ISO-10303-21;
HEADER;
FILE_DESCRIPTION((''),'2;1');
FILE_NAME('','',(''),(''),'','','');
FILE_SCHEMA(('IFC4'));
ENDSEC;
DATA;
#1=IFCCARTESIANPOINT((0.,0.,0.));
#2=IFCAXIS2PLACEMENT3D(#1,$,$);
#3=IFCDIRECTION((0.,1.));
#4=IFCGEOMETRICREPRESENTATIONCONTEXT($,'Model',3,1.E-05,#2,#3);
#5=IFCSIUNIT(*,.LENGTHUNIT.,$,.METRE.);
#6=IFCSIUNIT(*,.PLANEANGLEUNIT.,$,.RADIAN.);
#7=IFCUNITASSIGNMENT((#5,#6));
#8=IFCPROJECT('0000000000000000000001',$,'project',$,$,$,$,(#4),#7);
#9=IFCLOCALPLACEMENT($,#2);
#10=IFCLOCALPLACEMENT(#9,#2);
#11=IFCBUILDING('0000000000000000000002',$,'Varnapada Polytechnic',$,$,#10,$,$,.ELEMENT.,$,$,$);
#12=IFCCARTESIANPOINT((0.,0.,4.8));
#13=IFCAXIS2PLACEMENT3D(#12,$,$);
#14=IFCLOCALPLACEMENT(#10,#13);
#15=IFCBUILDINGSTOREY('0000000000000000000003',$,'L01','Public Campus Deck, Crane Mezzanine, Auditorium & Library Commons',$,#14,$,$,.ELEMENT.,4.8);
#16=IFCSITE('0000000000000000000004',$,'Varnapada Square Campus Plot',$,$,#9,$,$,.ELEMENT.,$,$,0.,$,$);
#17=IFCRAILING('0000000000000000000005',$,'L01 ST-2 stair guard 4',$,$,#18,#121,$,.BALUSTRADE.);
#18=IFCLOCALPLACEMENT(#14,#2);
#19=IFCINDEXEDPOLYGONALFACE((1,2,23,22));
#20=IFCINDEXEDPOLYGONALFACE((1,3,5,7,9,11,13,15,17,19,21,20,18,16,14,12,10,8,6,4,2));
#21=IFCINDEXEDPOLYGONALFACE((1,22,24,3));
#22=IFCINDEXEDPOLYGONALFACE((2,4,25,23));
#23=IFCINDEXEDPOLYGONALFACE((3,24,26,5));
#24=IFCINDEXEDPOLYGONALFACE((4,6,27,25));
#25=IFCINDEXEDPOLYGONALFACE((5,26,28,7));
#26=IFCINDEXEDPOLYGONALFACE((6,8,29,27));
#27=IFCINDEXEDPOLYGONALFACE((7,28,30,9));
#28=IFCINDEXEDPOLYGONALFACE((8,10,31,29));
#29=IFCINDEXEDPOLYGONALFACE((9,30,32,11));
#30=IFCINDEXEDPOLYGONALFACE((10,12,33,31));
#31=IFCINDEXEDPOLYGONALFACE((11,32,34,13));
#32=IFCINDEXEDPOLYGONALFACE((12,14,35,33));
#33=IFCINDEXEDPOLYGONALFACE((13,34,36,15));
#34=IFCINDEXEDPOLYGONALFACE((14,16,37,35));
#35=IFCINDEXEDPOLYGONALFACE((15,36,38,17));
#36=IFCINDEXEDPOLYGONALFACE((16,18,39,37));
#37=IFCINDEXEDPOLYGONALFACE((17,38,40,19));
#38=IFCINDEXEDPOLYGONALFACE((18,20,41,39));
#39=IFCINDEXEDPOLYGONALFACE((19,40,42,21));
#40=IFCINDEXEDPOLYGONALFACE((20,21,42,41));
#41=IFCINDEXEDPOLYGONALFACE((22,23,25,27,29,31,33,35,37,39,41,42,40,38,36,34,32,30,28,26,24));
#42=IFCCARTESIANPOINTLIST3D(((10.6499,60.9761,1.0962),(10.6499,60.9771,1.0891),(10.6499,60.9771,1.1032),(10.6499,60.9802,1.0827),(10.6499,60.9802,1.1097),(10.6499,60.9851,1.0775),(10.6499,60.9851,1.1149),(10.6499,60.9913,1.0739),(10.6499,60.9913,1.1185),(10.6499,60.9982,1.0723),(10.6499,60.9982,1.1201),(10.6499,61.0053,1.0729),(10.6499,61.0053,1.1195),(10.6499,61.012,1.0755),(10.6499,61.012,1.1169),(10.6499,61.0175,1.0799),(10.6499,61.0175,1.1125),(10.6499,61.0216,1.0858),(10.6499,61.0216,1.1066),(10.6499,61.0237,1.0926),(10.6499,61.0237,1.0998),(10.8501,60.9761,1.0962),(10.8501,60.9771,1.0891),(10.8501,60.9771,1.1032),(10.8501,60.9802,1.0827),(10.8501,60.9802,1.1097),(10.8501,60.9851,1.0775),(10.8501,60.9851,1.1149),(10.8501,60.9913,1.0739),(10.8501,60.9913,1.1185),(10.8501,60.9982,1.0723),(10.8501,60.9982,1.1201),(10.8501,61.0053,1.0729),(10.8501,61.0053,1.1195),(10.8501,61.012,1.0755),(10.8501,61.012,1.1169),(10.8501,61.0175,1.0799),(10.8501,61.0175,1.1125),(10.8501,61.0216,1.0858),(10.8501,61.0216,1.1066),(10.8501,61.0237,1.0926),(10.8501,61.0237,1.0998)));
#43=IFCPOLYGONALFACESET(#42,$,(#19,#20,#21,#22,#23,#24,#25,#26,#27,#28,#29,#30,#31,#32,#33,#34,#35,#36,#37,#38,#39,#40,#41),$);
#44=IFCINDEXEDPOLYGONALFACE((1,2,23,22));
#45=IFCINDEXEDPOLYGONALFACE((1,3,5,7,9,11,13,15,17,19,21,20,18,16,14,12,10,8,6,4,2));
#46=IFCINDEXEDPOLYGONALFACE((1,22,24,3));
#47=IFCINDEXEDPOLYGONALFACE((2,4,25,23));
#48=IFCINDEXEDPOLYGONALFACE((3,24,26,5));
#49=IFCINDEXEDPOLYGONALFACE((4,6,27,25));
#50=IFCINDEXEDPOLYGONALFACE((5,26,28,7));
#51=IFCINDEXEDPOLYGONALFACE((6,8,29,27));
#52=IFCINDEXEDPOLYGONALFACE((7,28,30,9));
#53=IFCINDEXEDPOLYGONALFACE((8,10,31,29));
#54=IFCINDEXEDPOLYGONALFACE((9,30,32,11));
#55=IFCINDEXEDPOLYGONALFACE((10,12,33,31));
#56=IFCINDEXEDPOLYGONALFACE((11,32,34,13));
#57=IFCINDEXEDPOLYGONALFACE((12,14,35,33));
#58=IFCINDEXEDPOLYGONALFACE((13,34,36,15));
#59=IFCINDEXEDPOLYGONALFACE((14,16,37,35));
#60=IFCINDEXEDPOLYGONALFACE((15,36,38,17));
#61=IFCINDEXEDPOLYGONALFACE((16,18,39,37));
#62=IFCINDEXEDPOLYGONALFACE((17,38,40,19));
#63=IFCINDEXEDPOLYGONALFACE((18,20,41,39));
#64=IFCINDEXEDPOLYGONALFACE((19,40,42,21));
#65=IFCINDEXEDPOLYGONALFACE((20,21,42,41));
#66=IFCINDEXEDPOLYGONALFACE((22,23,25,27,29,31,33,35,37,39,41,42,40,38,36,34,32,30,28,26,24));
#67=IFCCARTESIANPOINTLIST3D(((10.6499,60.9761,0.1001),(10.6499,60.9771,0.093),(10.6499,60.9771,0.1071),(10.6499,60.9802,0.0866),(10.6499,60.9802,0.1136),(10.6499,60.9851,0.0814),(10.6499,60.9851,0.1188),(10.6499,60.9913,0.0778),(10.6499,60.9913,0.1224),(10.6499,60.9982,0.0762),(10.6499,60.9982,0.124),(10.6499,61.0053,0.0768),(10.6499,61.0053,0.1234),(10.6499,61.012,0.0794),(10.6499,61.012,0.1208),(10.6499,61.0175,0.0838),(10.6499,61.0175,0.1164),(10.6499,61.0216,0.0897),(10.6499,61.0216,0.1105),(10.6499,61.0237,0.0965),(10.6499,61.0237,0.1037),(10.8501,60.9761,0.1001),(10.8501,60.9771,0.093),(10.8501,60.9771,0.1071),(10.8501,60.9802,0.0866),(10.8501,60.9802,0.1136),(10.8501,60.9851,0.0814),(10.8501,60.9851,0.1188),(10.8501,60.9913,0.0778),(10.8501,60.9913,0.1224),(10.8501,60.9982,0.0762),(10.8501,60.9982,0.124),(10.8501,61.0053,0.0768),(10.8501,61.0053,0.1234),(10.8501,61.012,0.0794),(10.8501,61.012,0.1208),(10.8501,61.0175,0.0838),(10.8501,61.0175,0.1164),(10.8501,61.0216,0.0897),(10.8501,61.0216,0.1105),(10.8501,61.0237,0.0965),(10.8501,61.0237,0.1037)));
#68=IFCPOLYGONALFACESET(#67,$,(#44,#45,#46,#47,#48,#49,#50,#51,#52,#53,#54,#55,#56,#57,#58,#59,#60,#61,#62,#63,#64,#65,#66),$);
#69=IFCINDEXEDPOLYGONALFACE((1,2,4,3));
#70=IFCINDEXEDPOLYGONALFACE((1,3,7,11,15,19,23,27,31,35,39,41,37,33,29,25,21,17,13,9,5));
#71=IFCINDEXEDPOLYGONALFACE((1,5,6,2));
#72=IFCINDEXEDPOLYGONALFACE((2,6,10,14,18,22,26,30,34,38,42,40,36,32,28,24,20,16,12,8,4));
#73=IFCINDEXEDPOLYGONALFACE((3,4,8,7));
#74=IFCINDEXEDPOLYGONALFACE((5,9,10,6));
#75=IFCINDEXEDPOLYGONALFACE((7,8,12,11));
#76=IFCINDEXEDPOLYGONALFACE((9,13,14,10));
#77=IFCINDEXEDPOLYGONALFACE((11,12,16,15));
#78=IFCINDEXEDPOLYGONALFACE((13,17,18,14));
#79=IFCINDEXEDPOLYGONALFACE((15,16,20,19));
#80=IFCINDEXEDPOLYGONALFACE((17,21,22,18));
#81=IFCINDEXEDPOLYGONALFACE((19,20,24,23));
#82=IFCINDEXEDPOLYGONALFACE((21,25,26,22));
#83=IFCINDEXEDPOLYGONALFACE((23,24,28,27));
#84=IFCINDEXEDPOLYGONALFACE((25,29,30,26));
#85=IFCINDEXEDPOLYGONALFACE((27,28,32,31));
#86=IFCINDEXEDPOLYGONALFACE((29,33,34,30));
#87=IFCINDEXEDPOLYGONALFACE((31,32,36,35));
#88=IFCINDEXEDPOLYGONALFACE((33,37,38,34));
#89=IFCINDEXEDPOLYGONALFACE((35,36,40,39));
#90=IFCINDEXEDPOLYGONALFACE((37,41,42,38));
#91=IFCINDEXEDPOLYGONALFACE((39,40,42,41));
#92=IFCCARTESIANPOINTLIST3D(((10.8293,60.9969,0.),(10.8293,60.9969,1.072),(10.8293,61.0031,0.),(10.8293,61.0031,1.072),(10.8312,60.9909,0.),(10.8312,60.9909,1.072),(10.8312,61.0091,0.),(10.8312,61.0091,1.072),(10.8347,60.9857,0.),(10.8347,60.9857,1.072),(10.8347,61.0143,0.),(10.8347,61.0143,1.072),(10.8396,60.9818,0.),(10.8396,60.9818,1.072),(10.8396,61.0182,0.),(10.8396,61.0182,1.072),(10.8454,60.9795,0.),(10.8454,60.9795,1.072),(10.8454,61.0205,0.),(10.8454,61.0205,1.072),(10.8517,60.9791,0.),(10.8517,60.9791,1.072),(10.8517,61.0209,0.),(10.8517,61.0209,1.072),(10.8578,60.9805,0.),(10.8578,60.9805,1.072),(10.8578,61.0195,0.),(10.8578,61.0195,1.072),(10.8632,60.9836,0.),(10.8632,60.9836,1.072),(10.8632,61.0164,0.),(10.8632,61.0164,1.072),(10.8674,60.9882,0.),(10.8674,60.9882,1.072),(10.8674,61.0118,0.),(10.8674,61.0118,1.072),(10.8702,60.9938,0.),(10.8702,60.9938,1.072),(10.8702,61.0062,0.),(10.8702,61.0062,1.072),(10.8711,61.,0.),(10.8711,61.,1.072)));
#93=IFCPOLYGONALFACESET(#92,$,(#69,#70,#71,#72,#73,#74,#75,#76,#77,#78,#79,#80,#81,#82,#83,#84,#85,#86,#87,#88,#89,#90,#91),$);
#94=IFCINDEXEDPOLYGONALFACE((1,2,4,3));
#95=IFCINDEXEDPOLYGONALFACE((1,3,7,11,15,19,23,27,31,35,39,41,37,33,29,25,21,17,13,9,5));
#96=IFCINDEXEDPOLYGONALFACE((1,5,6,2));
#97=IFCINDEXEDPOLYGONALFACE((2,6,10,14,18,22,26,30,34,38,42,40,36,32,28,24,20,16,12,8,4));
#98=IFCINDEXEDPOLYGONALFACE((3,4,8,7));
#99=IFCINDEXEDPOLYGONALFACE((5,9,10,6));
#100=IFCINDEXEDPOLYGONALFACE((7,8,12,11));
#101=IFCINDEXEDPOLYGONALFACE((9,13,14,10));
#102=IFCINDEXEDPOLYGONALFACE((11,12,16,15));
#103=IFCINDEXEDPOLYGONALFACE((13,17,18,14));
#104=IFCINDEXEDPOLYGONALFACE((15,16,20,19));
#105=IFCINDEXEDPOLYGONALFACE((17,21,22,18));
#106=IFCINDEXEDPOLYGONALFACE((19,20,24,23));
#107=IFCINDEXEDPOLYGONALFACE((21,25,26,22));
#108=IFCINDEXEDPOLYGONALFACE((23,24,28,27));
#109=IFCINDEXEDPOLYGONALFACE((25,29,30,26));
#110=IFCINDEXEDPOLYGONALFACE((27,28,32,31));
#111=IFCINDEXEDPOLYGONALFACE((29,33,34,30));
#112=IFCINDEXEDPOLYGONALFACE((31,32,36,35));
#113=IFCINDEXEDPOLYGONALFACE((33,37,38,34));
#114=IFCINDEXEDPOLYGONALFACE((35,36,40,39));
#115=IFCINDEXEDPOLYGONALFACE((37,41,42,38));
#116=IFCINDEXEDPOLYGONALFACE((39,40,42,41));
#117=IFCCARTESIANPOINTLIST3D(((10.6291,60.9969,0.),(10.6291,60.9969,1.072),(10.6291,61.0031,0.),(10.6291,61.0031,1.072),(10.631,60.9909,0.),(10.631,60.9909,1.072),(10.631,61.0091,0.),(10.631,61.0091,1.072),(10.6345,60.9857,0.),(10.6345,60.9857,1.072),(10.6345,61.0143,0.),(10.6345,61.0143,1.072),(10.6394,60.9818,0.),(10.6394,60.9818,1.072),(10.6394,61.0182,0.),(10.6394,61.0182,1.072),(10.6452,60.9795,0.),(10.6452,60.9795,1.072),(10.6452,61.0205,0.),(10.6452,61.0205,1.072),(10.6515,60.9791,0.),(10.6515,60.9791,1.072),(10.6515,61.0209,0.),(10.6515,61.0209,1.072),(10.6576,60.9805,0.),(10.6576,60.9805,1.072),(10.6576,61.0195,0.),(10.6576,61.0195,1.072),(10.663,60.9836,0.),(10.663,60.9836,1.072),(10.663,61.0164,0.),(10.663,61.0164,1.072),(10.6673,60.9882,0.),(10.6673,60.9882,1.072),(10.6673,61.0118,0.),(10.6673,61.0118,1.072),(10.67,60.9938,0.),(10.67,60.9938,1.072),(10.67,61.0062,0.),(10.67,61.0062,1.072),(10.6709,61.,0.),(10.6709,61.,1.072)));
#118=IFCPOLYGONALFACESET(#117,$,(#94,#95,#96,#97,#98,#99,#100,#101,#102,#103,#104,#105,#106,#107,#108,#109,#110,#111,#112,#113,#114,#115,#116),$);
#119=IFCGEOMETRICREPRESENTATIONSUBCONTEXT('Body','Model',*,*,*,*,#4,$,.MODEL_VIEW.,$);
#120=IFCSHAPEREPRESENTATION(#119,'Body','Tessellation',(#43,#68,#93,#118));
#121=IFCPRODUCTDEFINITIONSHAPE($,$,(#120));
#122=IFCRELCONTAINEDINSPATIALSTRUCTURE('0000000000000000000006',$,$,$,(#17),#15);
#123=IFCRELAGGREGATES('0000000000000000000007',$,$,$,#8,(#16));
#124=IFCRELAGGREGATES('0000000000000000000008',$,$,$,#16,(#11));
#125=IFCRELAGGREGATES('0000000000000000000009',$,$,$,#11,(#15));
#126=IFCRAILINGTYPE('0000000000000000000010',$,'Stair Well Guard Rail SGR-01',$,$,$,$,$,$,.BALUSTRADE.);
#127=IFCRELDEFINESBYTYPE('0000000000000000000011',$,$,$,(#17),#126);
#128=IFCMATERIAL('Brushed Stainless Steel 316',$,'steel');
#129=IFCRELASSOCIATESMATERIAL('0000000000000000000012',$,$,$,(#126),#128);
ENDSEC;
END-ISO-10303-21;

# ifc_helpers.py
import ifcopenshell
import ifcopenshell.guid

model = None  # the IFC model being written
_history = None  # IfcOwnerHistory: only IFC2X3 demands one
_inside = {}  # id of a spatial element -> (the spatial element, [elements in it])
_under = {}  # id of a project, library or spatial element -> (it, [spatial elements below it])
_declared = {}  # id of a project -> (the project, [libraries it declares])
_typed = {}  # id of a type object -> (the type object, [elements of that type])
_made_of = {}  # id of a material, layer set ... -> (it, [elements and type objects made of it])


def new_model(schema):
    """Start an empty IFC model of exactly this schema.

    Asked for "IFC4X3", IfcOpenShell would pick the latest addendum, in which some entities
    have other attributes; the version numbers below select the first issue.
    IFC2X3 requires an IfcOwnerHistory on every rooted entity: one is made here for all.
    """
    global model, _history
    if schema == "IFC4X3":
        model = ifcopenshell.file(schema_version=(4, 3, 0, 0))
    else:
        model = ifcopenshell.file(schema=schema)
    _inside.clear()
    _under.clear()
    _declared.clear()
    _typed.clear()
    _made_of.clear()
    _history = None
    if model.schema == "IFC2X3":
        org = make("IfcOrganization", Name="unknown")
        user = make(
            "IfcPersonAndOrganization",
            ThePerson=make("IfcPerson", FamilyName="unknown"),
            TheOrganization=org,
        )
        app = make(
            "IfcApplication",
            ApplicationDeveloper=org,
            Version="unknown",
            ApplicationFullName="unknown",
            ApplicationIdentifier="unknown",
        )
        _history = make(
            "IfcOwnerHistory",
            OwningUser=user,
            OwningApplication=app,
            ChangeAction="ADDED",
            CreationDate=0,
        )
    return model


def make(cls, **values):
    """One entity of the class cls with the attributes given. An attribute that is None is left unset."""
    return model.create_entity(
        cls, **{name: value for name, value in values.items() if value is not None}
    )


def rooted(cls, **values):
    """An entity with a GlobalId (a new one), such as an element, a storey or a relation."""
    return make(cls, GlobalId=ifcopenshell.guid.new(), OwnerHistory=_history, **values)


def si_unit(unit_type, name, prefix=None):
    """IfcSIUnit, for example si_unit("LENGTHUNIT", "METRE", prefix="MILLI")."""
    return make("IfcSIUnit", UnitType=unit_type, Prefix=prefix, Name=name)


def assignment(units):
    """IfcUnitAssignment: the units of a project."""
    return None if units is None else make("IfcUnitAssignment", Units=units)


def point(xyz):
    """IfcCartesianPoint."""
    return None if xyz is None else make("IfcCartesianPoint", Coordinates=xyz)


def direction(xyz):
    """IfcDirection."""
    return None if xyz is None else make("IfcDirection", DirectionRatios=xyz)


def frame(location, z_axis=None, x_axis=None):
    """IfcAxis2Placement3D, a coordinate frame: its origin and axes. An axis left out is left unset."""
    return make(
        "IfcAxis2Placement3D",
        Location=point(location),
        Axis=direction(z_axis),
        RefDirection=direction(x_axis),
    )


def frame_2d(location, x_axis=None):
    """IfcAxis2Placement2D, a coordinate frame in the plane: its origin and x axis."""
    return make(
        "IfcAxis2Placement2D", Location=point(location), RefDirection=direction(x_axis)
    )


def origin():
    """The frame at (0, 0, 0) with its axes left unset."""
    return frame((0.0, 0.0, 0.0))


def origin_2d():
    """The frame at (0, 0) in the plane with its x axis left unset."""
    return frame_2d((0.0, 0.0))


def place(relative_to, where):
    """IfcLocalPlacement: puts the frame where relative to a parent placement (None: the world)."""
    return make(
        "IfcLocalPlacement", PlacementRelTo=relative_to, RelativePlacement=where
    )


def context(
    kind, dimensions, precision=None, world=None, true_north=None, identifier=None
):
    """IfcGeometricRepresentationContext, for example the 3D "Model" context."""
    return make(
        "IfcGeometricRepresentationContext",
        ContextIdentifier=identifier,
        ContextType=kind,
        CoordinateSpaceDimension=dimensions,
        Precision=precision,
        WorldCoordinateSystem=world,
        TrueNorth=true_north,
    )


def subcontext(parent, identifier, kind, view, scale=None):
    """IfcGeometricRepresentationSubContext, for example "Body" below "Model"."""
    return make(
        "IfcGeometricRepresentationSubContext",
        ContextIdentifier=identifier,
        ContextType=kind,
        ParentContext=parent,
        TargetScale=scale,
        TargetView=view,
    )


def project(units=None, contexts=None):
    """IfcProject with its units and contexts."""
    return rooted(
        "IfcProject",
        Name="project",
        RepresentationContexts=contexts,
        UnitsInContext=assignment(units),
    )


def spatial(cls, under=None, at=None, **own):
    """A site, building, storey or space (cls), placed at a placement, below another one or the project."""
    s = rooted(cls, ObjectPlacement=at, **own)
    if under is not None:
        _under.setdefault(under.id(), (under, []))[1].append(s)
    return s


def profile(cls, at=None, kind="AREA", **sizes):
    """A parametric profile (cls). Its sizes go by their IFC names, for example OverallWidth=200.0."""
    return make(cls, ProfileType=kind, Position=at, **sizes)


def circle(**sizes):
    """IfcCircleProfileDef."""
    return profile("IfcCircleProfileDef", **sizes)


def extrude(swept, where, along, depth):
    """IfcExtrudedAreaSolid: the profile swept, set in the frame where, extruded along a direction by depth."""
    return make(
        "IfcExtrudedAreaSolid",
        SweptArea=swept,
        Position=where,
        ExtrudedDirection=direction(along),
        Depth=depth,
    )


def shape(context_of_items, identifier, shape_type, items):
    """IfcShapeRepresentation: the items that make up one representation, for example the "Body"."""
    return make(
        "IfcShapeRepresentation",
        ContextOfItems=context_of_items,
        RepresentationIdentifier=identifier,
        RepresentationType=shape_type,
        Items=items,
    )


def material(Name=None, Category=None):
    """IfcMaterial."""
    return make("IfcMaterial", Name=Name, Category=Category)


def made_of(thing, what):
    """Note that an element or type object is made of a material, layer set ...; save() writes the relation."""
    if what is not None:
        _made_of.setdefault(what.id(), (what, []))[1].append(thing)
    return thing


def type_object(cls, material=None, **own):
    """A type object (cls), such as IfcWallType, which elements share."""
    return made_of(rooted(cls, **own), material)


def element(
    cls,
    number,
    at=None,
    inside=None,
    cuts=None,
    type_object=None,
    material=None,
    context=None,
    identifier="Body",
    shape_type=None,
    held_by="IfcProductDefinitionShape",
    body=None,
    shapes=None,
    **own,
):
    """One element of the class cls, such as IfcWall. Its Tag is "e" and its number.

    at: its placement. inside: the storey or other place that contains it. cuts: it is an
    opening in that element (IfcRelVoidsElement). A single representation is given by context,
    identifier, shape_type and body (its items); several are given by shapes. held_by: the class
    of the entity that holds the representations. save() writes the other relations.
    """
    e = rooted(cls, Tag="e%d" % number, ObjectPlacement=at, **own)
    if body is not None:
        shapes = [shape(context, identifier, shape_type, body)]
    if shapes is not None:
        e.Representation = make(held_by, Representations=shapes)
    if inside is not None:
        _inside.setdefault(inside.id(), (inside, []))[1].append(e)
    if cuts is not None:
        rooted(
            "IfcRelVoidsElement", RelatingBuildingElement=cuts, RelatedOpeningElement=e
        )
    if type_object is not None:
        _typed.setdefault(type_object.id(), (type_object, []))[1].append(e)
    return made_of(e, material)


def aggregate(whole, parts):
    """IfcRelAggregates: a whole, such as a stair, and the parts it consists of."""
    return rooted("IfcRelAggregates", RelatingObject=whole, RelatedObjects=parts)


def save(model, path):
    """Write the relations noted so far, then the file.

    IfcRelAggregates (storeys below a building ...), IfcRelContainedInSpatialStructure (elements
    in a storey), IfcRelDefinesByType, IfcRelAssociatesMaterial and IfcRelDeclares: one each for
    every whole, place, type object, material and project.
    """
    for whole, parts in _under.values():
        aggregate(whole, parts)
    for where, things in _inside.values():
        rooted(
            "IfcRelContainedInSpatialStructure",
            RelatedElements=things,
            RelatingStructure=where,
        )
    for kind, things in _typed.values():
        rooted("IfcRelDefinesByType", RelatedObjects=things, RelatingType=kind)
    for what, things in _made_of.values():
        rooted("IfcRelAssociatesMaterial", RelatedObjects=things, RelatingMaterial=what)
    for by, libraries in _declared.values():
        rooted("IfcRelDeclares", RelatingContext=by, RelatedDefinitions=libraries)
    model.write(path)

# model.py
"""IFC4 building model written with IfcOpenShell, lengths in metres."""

from ifc_helpers import new_model, si_unit, direction, frame, origin, origin_2d, place, context, subcontext, project, spatial, circle, extrude, material, type_object, element, save


model = new_model("IFC4")

# Units and contexts
model_context = context("Model", 3, precision=1e-05, world=origin(), true_north=direction((0.0, 1.0)))
body_context = subcontext(model_context, "Body", "Model", "MODEL_VIEW")
ifc_project = project(units=[si_unit("LENGTHUNIT", "METRE"), si_unit("PLANEANGLEUNIT", "RADIAN")], contexts=[model_context])

# Site, building, storey
site_placement = place(None, origin())
site = spatial("IfcSite", under=ifc_project, at=site_placement, Name="Varnapada Square Campus Plot", CompositionType="ELEMENT", RefElevation=0.0)
building_placement = place(site_placement, origin())
building = spatial("IfcBuilding", under=site, at=building_placement, Name="Varnapada Polytechnic", CompositionType="ELEMENT")
storey_placement = place(building_placement, frame((0.0, 0.0, 4.8)))
storey = spatial("IfcBuildingStorey", under=building, at=storey_placement, Name="L01", Description="Public Campus Deck, Crane Mezzanine, Auditorium & Library Commons", CompositionType="ELEMENT", Elevation=4.8)

# Shared definitions
ifc_material_1 = material(Name="Brushed Stainless Steel 316", Category="steel")

# Railing
railing_type_1 = type_object("IfcRailingType", Name="Stair Well Guard Rail SGR-01", PredefinedType="BALUSTRADE", material=ifc_material_1)
railing_1_placement = place(storey_placement, frame((10.8501, 61.0, 0.0)))
element("IfcRailing", 1, at=railing_1_placement, inside=storey, type_object=railing_type_1, Name="L01 ST-2 stair guard 4", PredefinedType="BALUSTRADE", context=body_context, shape_type="SweptSolid", body=[
    extrude(circle(Radius=0.0239, at=origin_2d()), frame((0.0, 0.0, 1.0962), z_axis=(-1.0, 0.0, 0.0), x_axis=(0.0, -1.0, 0.0)), (0.0, 0.0, 1.0), 0.2002),
    extrude(circle(Radius=0.0239, at=origin_2d()), frame((0.0, 0.0, 0.1001), z_axis=(-1.0, 0.0, 0.0), x_axis=(0.0, -1.0, 0.0)), (0.0, 0.0, 1.0), 0.2002),
    extrude(circle(Radius=0.021, at=origin_2d()), origin(), (0.0, 0.0, 1.0), 1.072),
    extrude(circle(Radius=0.021, at=origin_2d()), frame((-0.2002, 0.0, 0.0)), (0.0, 0.0, 1.0), 1.072),
])

save(model, "model.ifc")
